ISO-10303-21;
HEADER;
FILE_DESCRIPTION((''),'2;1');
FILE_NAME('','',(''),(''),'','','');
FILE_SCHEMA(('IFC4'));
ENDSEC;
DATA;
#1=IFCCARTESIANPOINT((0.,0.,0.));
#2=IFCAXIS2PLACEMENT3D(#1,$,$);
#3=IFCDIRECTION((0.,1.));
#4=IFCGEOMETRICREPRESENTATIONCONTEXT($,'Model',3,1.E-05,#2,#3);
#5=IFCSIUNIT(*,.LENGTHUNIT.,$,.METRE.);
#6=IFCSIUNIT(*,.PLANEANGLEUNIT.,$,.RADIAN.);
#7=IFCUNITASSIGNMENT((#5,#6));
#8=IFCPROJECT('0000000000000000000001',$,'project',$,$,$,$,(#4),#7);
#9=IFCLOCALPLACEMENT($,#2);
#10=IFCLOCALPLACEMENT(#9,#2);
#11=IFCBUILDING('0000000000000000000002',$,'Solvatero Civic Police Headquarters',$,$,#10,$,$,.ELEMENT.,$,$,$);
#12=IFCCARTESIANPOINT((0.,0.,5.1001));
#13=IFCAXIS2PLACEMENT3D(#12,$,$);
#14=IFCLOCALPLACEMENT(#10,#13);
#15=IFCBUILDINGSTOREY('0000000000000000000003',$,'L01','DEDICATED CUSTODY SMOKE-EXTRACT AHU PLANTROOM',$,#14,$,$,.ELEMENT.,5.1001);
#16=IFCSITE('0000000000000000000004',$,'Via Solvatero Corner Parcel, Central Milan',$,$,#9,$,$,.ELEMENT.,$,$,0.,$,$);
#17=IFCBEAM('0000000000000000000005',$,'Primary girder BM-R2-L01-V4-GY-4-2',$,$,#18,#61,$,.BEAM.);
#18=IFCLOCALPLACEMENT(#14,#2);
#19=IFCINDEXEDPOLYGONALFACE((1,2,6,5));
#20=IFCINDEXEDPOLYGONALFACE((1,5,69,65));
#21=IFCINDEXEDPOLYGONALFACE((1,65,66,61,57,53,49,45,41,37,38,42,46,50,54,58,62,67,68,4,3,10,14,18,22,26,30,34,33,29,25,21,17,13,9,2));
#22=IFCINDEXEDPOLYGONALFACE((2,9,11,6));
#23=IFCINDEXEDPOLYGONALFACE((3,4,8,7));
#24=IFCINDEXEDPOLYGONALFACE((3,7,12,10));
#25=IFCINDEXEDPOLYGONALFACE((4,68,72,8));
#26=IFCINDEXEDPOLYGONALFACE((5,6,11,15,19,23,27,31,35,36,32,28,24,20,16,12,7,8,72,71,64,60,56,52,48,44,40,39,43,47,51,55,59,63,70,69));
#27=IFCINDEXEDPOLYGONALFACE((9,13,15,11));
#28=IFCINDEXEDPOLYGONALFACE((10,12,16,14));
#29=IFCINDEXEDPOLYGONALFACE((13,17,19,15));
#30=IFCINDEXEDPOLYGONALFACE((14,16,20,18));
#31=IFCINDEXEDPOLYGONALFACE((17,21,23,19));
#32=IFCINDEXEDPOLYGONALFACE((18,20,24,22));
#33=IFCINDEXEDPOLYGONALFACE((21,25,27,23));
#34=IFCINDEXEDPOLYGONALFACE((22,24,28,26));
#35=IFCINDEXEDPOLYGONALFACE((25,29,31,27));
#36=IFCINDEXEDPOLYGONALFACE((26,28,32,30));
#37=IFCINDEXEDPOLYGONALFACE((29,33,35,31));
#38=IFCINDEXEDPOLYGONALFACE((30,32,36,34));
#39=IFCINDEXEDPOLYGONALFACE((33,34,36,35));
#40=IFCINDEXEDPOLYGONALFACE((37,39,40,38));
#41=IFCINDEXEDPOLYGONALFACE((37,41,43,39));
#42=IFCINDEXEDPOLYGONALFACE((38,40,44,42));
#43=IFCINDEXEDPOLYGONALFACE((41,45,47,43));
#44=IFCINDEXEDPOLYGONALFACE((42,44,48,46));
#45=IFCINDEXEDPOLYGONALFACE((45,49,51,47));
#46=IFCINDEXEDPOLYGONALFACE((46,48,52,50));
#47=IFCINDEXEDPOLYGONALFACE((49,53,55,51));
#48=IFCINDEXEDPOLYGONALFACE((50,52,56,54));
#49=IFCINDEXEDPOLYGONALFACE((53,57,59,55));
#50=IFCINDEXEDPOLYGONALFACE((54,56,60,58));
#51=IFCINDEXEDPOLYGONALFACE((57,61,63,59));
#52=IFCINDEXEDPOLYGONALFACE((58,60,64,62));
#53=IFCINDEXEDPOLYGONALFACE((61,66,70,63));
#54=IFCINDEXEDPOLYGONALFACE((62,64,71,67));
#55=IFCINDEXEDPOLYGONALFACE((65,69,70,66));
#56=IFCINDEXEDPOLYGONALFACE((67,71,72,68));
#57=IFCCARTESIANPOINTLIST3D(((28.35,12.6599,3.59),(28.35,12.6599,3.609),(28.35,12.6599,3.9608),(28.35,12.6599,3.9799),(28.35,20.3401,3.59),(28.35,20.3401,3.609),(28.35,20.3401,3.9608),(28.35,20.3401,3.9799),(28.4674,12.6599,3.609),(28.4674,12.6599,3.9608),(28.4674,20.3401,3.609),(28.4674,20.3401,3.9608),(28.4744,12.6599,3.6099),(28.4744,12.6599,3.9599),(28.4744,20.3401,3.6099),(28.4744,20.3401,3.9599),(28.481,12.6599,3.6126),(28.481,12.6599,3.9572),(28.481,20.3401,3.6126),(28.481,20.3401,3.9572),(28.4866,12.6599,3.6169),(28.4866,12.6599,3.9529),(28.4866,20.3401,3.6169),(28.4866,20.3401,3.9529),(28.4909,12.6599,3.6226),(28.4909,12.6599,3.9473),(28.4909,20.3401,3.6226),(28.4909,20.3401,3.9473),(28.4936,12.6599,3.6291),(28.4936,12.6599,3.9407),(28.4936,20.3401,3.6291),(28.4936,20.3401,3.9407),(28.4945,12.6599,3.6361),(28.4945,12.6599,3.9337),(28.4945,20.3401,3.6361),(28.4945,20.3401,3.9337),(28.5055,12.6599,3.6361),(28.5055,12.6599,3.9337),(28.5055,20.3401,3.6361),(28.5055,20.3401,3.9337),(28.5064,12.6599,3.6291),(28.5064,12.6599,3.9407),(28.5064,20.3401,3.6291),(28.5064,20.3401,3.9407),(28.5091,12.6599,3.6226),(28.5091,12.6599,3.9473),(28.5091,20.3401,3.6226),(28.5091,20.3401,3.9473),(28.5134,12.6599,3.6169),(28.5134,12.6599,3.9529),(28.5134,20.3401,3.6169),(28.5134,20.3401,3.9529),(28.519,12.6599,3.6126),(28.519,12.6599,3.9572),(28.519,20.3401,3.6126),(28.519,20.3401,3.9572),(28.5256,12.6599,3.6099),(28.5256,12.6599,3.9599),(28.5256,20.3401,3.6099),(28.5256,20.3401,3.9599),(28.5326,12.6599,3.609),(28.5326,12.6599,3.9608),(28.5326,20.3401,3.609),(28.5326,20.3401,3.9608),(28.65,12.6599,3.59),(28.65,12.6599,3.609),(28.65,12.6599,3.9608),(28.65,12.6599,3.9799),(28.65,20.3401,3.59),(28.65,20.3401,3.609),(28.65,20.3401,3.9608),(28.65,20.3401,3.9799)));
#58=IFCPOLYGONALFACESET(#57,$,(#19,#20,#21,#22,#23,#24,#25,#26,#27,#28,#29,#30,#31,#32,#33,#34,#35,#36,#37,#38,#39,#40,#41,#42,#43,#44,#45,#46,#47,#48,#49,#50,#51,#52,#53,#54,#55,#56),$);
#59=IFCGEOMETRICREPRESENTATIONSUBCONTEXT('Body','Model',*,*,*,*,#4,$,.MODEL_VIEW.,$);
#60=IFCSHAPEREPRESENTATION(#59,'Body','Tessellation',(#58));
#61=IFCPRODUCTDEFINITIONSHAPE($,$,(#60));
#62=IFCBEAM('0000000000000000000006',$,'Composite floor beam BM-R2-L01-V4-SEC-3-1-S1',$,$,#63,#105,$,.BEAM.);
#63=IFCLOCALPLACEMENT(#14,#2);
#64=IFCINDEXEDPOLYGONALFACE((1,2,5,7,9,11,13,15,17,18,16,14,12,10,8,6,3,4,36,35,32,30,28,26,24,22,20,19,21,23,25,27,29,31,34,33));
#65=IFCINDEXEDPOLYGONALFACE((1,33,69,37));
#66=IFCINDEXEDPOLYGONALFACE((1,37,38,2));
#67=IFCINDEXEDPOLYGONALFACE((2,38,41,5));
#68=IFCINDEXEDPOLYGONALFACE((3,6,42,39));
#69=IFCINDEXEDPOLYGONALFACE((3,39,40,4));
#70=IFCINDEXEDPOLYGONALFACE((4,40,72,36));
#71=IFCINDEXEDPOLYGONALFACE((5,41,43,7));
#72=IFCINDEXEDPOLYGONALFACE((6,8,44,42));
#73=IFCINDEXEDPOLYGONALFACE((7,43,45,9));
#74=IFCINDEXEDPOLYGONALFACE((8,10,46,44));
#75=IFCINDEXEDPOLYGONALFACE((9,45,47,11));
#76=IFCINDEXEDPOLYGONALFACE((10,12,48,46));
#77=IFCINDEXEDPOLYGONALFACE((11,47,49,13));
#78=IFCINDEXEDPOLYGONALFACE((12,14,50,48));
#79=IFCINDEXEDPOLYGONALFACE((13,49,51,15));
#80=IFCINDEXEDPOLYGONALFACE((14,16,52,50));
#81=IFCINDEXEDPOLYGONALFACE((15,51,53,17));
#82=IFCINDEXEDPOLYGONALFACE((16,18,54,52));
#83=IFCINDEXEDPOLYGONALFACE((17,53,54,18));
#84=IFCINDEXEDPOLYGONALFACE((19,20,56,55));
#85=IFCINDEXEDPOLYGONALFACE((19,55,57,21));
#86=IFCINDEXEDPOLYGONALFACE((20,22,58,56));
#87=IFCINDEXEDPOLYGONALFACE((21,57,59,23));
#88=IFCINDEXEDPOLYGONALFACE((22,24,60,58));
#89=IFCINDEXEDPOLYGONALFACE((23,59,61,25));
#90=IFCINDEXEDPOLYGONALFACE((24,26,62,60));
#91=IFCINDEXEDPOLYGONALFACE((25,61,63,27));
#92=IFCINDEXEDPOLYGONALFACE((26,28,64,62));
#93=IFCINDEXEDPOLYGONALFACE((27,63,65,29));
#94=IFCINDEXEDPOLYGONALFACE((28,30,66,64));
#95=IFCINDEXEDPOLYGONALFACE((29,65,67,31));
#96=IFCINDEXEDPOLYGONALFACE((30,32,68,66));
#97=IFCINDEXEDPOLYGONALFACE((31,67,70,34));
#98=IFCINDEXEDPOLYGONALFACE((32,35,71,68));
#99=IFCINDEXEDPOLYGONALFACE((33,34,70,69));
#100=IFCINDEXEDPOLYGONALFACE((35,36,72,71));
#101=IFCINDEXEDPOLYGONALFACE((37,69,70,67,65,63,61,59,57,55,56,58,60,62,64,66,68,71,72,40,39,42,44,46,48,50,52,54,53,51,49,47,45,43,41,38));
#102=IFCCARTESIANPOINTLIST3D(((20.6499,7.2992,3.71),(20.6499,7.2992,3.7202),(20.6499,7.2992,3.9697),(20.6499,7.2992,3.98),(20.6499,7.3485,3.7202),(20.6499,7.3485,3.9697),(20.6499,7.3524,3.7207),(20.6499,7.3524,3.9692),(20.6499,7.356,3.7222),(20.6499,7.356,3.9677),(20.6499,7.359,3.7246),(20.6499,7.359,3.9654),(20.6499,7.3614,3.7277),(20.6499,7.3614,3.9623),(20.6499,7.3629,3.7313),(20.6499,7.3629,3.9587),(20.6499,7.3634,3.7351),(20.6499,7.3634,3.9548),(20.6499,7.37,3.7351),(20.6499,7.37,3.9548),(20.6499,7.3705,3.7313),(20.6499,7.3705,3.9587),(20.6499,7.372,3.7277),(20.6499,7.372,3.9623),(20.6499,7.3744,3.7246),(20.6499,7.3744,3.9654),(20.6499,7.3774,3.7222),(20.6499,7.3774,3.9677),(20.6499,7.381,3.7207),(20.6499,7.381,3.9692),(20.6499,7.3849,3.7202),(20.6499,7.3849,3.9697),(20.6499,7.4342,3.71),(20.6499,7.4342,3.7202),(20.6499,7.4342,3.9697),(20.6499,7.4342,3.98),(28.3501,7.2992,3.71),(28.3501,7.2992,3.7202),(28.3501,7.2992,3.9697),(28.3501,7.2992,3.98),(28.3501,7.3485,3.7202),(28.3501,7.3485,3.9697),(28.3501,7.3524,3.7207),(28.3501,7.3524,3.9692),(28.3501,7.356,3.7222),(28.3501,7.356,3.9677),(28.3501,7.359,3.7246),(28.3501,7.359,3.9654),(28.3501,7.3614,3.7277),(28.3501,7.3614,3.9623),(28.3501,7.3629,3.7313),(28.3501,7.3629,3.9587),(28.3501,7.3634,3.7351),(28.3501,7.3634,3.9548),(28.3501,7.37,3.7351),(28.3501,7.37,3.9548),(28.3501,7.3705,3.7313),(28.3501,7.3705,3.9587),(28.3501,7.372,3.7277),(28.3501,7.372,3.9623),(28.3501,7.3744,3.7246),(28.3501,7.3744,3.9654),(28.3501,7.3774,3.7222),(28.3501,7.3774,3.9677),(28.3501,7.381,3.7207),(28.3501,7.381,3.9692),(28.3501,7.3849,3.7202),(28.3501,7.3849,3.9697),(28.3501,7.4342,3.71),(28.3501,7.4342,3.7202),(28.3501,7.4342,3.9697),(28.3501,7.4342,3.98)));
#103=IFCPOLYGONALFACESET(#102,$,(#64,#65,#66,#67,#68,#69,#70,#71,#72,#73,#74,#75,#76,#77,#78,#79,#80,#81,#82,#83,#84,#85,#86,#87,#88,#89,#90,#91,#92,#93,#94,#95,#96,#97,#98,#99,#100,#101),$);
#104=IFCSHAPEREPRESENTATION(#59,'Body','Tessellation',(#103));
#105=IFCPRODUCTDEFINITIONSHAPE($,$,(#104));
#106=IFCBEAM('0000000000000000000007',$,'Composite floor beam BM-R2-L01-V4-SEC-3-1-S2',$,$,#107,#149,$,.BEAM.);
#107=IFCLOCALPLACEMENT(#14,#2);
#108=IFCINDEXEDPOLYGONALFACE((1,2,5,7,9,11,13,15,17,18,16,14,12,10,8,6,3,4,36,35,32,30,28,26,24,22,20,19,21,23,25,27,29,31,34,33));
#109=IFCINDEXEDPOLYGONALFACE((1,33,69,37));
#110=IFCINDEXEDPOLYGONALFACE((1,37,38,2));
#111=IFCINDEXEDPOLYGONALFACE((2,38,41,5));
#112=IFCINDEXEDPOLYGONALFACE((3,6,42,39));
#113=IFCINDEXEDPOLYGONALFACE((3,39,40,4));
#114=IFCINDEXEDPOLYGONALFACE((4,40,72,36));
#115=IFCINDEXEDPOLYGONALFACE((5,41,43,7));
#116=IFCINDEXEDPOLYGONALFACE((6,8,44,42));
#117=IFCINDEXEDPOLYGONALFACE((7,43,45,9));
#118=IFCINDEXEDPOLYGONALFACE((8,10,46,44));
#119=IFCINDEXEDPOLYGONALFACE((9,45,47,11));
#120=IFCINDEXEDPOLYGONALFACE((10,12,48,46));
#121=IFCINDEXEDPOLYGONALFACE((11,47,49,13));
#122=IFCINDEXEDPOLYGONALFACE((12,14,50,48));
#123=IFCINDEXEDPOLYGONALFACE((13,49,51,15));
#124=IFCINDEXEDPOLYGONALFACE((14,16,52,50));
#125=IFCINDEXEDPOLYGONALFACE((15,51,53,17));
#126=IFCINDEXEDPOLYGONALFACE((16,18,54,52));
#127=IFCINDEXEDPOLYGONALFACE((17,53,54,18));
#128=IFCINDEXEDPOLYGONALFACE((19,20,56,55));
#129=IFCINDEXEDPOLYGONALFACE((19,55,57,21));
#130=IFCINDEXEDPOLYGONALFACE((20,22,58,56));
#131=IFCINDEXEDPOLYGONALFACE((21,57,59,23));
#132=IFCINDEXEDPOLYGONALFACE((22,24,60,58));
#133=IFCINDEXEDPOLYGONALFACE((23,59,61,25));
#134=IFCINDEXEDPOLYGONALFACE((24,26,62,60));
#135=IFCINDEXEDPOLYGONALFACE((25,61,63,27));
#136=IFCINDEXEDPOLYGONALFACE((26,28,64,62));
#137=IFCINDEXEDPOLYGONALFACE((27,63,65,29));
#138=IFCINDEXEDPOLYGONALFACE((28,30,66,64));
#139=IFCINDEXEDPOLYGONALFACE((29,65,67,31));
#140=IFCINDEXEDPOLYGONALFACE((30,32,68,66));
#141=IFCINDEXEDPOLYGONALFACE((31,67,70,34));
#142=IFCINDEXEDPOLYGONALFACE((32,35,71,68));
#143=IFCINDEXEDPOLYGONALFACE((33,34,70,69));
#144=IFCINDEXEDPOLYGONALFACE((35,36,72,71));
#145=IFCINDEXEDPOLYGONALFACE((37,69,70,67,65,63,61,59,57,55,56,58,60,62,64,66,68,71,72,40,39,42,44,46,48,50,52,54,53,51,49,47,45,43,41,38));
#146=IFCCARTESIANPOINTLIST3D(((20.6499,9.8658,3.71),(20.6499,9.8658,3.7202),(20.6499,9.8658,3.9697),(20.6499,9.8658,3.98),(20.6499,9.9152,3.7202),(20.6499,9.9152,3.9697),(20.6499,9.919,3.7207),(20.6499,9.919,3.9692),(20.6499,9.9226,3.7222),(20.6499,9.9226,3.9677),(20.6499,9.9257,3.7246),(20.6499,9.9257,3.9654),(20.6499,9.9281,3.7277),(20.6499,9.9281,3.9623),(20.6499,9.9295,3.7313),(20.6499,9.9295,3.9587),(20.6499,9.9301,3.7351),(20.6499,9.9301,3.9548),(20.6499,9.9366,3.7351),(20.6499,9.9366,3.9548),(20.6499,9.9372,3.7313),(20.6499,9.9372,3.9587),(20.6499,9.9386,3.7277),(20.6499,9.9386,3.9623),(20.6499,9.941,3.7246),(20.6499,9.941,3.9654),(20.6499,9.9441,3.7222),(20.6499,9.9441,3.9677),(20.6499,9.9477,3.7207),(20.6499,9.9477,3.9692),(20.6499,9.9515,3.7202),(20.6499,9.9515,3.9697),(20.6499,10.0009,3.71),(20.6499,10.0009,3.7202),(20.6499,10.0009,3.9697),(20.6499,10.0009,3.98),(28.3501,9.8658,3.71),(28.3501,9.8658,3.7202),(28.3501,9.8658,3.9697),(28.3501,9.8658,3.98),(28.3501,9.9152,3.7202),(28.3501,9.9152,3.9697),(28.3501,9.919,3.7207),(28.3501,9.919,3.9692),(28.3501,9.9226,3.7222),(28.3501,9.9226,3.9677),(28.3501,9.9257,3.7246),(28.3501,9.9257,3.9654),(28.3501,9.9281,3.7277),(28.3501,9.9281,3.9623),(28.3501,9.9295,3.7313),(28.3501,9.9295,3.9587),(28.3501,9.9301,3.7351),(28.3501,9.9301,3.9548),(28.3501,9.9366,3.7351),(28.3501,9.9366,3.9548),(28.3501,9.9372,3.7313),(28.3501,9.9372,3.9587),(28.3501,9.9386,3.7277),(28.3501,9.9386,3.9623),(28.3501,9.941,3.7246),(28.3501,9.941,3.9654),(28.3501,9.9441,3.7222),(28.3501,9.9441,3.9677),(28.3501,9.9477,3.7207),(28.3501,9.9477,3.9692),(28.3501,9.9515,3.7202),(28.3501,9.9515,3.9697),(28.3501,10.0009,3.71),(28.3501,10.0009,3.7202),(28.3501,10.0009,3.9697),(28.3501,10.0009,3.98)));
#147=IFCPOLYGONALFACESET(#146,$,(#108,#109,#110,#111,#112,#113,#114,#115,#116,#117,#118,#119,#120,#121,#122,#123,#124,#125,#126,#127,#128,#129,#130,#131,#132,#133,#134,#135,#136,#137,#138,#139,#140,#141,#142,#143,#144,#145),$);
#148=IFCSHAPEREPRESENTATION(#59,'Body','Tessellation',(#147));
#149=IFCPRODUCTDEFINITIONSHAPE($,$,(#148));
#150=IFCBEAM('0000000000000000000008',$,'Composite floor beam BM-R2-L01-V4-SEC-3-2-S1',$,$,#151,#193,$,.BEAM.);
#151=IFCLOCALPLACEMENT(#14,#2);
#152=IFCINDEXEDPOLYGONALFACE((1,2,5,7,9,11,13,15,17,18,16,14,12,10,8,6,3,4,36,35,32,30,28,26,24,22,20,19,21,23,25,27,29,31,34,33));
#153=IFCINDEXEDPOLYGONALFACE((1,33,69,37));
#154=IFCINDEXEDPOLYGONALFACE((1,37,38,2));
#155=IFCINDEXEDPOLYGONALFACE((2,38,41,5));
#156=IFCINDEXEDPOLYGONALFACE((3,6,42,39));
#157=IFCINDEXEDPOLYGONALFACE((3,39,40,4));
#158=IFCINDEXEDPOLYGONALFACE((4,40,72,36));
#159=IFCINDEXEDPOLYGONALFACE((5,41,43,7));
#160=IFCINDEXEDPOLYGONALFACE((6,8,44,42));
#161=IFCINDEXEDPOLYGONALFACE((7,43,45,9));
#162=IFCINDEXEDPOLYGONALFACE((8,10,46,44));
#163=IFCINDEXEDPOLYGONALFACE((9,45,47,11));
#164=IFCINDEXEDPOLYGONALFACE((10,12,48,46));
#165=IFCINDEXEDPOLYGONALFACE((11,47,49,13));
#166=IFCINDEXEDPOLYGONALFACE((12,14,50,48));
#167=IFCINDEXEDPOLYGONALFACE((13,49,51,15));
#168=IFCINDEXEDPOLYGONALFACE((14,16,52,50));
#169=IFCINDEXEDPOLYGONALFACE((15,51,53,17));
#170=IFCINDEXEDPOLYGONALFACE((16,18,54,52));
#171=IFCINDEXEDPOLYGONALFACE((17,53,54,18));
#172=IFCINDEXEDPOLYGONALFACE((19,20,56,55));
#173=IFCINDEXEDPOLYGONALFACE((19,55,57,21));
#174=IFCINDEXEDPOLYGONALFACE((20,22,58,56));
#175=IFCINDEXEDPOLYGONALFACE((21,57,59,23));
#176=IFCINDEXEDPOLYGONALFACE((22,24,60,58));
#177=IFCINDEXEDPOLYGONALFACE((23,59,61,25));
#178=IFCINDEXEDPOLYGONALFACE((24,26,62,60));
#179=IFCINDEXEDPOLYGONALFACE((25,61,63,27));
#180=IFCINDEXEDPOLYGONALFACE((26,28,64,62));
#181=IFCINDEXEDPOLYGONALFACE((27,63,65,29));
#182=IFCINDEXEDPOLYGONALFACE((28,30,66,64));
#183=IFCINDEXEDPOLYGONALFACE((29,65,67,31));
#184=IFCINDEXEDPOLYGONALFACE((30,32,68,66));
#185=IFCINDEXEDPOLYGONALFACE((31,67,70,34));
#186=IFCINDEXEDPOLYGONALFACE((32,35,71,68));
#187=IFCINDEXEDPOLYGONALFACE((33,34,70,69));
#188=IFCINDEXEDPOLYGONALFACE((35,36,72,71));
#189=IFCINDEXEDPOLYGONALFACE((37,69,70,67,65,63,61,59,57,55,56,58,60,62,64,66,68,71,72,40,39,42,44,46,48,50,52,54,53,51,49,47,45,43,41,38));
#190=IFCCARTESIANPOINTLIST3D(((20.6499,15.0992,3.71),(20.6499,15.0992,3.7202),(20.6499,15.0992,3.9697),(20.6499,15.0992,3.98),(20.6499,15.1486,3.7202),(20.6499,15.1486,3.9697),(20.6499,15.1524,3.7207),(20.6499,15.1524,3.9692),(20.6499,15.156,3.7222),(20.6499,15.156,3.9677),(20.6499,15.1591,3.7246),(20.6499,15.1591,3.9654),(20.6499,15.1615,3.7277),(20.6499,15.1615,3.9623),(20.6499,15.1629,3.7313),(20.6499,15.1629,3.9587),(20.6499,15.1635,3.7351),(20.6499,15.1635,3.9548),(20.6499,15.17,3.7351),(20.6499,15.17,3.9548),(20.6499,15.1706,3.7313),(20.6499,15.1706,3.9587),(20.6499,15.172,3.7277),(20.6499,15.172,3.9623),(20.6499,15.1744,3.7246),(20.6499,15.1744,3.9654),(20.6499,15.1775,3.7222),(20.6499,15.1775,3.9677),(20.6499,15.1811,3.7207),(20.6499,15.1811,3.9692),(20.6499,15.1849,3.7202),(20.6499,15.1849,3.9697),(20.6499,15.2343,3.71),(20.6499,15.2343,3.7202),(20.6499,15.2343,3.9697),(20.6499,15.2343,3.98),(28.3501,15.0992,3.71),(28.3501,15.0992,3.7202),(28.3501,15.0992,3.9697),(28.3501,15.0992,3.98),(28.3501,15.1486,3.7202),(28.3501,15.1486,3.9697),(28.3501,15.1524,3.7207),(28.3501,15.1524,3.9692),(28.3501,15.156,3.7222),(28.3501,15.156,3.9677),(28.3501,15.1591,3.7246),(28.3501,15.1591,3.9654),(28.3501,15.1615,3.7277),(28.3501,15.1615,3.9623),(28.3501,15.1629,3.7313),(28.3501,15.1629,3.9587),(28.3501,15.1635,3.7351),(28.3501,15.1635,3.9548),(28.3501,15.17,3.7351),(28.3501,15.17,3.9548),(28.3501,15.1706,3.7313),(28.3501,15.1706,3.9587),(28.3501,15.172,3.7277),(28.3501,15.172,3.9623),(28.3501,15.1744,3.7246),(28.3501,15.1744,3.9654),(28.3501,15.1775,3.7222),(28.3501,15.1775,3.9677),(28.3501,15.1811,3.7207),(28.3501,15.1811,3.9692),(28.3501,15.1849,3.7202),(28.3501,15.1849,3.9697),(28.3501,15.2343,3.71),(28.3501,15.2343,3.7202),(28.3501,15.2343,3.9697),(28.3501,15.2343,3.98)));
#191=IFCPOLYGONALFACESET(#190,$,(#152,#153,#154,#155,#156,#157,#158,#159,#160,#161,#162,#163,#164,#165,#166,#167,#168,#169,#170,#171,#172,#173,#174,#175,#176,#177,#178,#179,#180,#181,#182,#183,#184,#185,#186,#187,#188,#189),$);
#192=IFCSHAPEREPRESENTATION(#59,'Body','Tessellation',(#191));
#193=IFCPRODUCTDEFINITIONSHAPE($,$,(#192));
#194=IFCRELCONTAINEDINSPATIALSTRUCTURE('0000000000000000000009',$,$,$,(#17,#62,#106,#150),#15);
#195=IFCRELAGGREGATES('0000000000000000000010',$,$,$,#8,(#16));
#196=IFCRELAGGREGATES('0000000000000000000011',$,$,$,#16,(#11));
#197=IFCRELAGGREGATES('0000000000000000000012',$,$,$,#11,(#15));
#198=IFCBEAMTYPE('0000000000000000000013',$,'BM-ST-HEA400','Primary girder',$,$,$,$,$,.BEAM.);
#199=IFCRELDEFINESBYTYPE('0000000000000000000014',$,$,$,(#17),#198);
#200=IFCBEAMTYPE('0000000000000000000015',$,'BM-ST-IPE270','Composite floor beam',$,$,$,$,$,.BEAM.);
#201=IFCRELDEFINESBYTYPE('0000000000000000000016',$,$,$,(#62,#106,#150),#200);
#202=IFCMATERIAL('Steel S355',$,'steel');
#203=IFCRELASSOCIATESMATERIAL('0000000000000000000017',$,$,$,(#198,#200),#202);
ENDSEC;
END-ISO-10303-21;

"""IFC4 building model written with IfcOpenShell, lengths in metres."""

from ifc_helpers import new_model, si_unit, direction, frame, origin, origin_2d, place, context, subcontext, project, spatial, i_section, extrude, material, material_profile, profile_set, type_object, element, save


model = new_model("IFC4")

# Units and contexts
model_context = context("Model", 3, precision=1e-05, world=origin(), true_north=direction((0.0, 1.0)))
body_context = subcontext(model_context, "Body", "Model", "MODEL_VIEW")
ifc_project = project(units=[si_unit("LENGTHUNIT", "METRE"), si_unit("PLANEANGLEUNIT", "RADIAN")], contexts=[model_context])

# Site, building, storey
site_placement = place(None, origin())
site = spatial("IfcSite", under=ifc_project, at=site_placement, Name="Via Solvatero Corner Parcel, Central Milan", CompositionType="ELEMENT", RefElevation=0.0)
building_placement = place(site_placement, origin())
building = spatial("IfcBuilding", under=site, at=building_placement, Name="Solvatero Civic Police Headquarters", CompositionType="ELEMENT")
storey_placement = place(building_placement, frame((0.0, 0.0, 5.1001)))
storey = spatial("IfcBuildingStorey", under=building, at=storey_placement, Name="L01", Description="DEDICATED CUSTODY SMOKE-EXTRACT AHU PLANTROOM", CompositionType="ELEMENT", Elevation=5.1001)

# Shared definitions
ifc_material_1 = material(Name="Steel S355", Category="steel")

# Beams
ifc_material_profile_1 = material_profile(ifc_material_1, i_section(OverallWidth=0.3, OverallDepth=0.3899, WebThickness=0.011, FlangeThickness=0.019, FilletRadius=0.0271, at=origin_2d()), Name="HEA 400")
ifc_profile_set_1 = profile_set([ifc_material_profile_1], Name="Steel S355")
beam_type_1 = type_object("IfcBeamType", Name="BM-ST-HEA400", Description="Primary girder", PredefinedType="BEAM", material=ifc_profile_set_1)
beam_1_placement = place(storey_placement, frame((28.5, 12.6599, 3.7849), z_axis=(0.0, 1.0, 0.0), x_axis=(-1.0, 0.0, 0.0)))
element("IfcBeam", 1, at=beam_1_placement, inside=storey, type_object=beam_type_1, Name="Primary girder BM-R2-L01-V4-GY-4-2", PredefinedType="BEAM", context=body_context, shape_type="SweptSolid", body=[
    extrude(i_section(OverallWidth=0.3, OverallDepth=0.3899, WebThickness=0.011, FlangeThickness=0.019, FilletRadius=0.0271, at=origin_2d()), origin(), (0.0, 0.0, 1.0), 7.6802),
])
ifc_material_profile_2 = material_profile(ifc_material_1, i_section(OverallWidth=0.135, OverallDepth=0.27, WebThickness=0.0066, FlangeThickness=0.0103, FilletRadius=0.0149, at=origin_2d()), Name="IPE 270")
ifc_profile_set_2 = profile_set([ifc_material_profile_2], Name="Steel S355")
beam_type_2 = type_object("IfcBeamType", Name="BM-ST-IPE270", Description="Composite floor beam", PredefinedType="BEAM", material=ifc_profile_set_2)
for number, where, z_axis, x_axis, name in (
    (2, (20.6499, 7.3667, 3.845), (1.0, 0.0, 0.0), (0.0, 1.0, 0.0), "Composite floor beam BM-R2-L01-V4-SEC-3-1-S1"),
    (3, (20.6499, 9.9333, 3.845), (1.0, 0.0, 0.0), (0.0, 1.0, 0.0), "Composite floor beam BM-R2-L01-V4-SEC-3-1-S2"),
    (4, (20.6499, 15.1667, 3.845), (1.0, 0.0, 0.0), (0.0, 1.0, 0.0), "Composite floor beam BM-R2-L01-V4-SEC-3-2-S1"),
):
    element("IfcBeam", number, at=place(storey_placement, frame(where, z_axis=z_axis, x_axis=x_axis)), inside=storey, type_object=beam_type_2, Name=name, PredefinedType="BEAM", context=body_context, shape_type="SweptSolid", body=[
        extrude(i_section(OverallWidth=0.135, OverallDepth=0.27, WebThickness=0.0066, FlangeThickness=0.0103, FilletRadius=0.0149, at=origin_2d()), origin(), (0.0, 0.0, 1.0), 7.7002),
    ])

save(model, "model.ifc")
